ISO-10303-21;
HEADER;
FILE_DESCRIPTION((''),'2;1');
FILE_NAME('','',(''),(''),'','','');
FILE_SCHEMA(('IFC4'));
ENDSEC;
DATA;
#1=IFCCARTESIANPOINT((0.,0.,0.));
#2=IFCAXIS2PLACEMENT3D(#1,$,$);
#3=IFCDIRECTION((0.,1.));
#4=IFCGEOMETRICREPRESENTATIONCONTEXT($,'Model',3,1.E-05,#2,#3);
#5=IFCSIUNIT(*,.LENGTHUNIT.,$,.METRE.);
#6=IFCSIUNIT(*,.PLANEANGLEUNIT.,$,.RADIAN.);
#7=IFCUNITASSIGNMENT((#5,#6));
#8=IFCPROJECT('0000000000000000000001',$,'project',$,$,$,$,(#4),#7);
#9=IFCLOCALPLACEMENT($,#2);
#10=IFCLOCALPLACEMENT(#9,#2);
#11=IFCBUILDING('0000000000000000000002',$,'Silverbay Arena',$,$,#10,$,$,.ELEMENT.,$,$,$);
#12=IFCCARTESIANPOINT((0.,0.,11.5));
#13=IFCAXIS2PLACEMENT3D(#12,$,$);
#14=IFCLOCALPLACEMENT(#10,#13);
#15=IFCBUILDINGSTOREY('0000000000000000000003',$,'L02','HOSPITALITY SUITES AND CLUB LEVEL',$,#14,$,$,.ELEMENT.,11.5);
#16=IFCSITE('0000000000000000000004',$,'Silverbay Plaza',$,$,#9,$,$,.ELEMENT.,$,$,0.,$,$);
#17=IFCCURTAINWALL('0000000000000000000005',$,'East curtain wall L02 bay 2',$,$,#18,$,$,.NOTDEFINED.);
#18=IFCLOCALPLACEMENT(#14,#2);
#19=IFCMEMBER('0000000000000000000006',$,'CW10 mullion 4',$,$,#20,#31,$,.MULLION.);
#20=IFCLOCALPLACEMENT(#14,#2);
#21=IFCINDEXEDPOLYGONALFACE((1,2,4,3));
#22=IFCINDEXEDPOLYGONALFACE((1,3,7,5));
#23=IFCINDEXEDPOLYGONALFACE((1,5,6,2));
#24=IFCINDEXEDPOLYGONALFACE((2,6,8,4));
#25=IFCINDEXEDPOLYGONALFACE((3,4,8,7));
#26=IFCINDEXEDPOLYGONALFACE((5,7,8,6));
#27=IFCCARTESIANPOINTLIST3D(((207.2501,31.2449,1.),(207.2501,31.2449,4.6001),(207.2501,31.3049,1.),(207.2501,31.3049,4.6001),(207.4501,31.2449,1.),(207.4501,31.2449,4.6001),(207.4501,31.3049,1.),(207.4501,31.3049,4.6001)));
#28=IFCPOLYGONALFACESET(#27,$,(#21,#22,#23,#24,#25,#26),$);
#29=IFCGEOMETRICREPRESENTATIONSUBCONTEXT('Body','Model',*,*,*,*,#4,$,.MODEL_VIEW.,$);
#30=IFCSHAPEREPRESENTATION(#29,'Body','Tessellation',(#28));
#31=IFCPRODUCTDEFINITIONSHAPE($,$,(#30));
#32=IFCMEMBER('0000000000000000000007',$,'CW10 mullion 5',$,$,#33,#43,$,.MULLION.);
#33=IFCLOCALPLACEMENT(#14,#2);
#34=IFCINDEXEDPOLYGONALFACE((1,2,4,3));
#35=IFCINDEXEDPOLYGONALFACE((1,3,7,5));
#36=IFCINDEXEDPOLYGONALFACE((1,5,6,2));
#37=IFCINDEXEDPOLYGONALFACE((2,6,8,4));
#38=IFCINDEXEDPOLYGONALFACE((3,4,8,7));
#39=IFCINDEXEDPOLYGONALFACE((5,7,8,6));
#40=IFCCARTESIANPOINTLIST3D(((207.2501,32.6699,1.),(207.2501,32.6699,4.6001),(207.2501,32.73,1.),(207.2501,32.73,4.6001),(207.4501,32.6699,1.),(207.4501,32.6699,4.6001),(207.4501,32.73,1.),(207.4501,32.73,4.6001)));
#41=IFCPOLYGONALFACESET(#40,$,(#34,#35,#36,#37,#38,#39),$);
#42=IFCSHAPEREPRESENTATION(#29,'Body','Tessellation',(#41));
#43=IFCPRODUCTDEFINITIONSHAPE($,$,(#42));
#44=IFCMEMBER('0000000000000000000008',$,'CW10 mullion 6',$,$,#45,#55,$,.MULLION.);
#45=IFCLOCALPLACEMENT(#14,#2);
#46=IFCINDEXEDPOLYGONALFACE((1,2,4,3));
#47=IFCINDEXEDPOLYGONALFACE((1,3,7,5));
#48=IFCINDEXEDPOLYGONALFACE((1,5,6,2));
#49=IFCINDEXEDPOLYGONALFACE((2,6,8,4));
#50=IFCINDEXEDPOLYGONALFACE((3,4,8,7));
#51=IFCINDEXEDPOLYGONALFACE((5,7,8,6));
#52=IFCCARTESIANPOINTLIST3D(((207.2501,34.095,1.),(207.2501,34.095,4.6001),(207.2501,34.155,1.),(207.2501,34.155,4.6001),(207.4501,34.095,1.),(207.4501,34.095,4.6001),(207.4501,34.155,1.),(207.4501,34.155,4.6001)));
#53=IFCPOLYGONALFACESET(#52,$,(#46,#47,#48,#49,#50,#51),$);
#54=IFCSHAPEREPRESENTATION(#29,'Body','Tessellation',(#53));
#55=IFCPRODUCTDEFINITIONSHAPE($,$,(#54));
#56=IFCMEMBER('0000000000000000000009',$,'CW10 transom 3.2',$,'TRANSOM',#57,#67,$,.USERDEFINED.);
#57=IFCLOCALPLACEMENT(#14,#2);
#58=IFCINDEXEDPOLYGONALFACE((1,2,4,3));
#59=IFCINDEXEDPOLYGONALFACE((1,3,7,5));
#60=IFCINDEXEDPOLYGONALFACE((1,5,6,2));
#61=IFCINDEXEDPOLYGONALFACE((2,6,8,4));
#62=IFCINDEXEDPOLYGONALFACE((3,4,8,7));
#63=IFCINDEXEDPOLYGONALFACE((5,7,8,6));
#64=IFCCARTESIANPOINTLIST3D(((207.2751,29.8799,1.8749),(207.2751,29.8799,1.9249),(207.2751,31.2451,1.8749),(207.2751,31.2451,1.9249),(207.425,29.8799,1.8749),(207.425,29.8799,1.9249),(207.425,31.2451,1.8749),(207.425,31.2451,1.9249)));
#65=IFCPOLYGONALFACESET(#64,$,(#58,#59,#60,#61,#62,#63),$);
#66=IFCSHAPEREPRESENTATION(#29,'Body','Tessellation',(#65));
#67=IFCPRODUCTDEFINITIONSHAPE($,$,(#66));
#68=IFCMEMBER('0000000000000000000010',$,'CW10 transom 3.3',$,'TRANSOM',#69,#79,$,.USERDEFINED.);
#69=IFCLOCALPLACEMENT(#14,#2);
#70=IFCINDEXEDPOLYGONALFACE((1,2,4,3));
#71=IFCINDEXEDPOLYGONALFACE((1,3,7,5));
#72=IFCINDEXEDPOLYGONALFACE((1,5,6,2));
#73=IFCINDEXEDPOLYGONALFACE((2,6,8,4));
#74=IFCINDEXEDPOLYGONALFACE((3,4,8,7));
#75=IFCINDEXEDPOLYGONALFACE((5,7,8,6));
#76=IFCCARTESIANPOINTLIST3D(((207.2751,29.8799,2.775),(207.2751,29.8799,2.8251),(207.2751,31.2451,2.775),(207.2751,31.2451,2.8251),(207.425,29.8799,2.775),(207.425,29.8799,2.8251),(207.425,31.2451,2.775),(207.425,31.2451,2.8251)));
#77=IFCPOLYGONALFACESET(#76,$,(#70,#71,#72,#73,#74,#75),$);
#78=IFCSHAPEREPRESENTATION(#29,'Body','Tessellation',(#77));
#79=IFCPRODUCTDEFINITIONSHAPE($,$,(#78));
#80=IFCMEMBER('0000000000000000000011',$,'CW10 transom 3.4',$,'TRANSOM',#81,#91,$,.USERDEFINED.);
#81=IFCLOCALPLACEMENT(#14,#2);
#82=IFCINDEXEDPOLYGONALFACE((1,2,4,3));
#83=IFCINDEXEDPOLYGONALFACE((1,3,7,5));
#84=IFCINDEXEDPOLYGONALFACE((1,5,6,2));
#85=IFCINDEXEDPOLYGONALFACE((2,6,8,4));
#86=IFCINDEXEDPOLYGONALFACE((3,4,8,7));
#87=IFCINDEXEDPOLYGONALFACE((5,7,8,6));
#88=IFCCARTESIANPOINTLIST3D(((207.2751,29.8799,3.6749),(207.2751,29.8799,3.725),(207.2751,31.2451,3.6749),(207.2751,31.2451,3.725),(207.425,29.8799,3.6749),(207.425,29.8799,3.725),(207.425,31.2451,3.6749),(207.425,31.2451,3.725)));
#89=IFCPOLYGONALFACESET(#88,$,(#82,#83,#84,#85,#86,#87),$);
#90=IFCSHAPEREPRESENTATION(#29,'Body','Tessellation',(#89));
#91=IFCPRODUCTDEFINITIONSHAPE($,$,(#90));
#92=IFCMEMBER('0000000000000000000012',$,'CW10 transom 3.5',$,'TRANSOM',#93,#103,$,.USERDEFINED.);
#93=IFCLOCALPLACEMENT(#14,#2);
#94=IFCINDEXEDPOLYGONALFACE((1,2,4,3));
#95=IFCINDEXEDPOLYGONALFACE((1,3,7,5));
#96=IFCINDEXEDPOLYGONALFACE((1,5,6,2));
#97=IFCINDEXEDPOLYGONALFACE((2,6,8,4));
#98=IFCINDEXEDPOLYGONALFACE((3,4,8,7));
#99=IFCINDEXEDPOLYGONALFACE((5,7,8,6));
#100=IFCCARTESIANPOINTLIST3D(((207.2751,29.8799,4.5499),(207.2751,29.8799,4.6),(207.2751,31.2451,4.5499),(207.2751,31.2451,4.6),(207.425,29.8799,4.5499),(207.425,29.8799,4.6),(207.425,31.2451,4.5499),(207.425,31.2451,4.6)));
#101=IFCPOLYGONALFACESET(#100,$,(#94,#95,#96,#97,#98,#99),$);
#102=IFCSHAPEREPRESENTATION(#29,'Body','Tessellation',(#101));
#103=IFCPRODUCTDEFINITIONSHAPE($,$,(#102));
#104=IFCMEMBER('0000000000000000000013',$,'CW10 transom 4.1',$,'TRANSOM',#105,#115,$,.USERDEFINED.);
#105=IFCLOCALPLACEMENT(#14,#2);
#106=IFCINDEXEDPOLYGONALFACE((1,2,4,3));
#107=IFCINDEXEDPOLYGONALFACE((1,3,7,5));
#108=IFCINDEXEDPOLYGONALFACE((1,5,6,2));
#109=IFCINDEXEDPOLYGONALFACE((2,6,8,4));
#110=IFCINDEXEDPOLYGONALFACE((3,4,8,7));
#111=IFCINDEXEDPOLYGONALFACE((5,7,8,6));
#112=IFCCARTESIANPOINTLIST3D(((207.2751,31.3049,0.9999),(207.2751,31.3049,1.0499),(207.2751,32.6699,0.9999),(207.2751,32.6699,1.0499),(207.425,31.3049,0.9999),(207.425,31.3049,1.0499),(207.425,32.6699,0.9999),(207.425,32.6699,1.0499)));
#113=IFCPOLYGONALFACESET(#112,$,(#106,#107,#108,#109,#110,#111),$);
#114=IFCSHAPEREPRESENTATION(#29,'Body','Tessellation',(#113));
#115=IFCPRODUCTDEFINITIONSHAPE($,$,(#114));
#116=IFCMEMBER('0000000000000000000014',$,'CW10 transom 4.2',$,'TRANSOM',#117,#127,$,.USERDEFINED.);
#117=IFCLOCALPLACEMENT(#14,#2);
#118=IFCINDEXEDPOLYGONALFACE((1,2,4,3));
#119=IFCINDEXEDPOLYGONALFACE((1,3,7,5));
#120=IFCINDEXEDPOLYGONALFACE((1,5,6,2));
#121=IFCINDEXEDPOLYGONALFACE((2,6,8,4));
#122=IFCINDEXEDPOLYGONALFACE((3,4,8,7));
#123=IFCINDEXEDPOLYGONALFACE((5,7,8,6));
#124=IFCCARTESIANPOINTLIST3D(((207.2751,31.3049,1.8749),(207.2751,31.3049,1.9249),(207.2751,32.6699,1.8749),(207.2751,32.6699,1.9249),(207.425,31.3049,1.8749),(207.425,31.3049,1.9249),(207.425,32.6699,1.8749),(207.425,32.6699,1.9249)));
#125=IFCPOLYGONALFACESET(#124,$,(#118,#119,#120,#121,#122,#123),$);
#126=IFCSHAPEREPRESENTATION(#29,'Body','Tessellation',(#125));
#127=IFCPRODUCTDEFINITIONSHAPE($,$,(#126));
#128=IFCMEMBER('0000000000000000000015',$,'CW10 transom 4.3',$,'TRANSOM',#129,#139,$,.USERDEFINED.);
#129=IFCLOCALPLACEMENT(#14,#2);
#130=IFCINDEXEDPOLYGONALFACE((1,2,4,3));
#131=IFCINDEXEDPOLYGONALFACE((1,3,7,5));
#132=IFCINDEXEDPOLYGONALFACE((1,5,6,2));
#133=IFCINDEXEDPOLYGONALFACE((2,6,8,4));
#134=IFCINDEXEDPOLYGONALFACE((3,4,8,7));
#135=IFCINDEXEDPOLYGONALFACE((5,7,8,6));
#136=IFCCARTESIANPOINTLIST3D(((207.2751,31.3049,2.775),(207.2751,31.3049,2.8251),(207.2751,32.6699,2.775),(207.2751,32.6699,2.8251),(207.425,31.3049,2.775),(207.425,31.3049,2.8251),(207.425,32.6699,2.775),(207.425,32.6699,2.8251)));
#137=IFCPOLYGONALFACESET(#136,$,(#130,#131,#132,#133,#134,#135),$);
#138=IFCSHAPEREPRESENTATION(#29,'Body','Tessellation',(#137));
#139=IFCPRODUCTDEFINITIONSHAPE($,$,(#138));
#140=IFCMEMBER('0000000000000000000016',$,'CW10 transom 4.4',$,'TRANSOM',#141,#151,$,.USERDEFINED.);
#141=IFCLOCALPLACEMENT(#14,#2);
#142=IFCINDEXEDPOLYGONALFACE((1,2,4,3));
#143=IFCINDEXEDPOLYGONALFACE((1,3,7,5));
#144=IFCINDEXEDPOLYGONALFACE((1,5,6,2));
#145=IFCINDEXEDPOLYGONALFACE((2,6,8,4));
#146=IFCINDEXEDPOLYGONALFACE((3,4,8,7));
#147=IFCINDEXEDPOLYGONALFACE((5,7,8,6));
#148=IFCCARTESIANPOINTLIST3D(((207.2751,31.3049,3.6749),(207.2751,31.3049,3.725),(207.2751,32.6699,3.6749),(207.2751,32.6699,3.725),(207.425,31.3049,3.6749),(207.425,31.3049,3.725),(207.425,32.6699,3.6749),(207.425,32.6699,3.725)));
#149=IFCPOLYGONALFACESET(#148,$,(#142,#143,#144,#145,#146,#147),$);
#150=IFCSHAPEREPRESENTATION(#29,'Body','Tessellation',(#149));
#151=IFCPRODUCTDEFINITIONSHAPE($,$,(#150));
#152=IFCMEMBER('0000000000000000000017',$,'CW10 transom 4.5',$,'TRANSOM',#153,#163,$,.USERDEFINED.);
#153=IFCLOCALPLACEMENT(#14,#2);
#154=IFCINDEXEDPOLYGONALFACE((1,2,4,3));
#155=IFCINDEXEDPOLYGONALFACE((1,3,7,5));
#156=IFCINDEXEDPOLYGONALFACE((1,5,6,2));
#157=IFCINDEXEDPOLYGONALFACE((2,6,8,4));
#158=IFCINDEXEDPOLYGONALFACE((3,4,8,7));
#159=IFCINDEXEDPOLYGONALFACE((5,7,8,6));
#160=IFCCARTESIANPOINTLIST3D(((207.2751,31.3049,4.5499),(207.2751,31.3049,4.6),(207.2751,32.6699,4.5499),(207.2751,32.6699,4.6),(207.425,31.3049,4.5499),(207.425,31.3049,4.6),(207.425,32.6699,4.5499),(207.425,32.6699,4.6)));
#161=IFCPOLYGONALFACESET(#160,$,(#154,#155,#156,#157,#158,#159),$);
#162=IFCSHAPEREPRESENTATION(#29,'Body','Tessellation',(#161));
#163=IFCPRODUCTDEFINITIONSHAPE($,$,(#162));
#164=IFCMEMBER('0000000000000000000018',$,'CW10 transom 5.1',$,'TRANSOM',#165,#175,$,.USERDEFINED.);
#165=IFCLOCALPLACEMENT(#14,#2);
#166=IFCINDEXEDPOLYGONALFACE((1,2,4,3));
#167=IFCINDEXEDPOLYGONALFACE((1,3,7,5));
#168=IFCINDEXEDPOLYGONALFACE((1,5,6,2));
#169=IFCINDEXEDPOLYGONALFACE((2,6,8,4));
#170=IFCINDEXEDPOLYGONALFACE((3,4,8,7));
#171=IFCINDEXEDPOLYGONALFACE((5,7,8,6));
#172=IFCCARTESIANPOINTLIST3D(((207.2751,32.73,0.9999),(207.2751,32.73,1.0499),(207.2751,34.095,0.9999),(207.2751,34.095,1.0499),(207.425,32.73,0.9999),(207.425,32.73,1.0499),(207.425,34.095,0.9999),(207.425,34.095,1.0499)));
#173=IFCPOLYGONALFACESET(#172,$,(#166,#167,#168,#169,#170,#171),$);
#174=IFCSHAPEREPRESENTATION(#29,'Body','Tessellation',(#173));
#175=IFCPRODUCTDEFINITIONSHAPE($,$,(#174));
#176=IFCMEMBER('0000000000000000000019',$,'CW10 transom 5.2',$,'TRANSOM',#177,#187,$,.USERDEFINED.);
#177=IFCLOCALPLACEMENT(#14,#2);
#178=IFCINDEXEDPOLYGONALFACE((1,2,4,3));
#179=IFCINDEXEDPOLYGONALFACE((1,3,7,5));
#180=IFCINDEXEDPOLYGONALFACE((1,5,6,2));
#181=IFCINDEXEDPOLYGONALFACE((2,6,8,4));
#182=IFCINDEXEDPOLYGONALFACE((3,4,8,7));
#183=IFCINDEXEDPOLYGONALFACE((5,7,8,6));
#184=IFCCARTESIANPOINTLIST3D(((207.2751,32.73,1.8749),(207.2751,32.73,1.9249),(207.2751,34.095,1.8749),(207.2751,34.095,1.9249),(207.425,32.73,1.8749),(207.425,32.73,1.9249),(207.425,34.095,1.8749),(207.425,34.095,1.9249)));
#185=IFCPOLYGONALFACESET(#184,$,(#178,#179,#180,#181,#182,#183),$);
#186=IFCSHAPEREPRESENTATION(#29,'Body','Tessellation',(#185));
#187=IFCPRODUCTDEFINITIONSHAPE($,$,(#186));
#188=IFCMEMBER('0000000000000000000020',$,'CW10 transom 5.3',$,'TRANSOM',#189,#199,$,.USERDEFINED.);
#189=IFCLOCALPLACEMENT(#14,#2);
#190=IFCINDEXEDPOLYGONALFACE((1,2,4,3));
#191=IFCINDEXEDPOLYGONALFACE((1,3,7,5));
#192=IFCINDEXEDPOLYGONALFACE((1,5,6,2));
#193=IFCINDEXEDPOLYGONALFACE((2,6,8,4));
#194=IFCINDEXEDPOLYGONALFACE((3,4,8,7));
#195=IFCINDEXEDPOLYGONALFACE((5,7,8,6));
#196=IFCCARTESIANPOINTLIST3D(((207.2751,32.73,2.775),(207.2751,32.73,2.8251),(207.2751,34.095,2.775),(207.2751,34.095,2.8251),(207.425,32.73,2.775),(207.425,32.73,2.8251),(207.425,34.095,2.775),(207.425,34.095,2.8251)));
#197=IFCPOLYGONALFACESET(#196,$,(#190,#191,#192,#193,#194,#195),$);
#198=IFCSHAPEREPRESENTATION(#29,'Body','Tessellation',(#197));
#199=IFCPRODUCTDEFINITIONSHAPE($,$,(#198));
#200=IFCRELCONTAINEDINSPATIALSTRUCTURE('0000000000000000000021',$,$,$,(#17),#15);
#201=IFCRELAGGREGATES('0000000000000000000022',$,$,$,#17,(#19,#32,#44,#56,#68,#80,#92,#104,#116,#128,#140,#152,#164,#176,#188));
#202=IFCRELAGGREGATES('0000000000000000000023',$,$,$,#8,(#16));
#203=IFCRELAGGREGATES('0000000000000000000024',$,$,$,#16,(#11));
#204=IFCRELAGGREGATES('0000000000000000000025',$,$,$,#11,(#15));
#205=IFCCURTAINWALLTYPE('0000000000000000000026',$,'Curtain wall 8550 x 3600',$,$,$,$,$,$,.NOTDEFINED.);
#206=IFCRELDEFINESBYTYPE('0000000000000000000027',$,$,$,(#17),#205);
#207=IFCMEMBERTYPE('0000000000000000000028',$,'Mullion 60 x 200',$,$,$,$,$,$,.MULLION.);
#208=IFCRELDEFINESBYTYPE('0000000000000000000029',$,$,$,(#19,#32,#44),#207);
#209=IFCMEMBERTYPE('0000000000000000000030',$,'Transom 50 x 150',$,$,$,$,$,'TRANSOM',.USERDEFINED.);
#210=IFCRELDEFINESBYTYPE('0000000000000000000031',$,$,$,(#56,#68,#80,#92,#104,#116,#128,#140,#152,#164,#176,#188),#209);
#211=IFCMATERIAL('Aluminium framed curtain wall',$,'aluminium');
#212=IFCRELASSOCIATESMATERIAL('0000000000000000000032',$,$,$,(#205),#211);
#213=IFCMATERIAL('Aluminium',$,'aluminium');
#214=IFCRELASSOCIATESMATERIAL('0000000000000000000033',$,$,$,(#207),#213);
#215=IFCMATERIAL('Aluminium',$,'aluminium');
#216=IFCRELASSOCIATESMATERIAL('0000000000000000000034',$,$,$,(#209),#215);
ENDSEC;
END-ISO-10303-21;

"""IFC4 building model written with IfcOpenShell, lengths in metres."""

from ifc_helpers import new_model, si_unit, direction, frame, origin, origin_2d, place, context, subcontext, project, spatial, rectangle, extrude, material, material_profile, profile_set, type_object, element, aggregate, save


model = new_model("IFC4")

# Units and contexts
model_context = context("Model", 3, precision=1e-05, world=origin(), true_north=direction((0.0, 1.0)))
body_context = subcontext(model_context, "Body", "Model", "MODEL_VIEW")
ifc_project = project(units=[si_unit("LENGTHUNIT", "METRE"), si_unit("PLANEANGLEUNIT", "RADIAN")], contexts=[model_context])

# Site, building, storey
site_placement = place(None, origin())
site = spatial("IfcSite", under=ifc_project, at=site_placement, Name="Silverbay Plaza", CompositionType="ELEMENT", RefElevation=0.0)
building_placement = place(site_placement, origin())
building = spatial("IfcBuilding", under=site, at=building_placement, Name="Silverbay Arena", CompositionType="ELEMENT")
storey_placement = place(building_placement, frame((0.0, 0.0, 11.5)))
storey = spatial("IfcBuildingStorey", under=building, at=storey_placement, Name="L02", Description="HOSPITALITY SUITES AND CLUB LEVEL", CompositionType="ELEMENT", Elevation=11.5)

# Curtain wall, members
ifc_material_1 = material(Name="Aluminium framed curtain wall", Category="aluminium")
curtain_wall_type = type_object("IfcCurtainWallType", Name="Curtain wall 8550 x 3600", PredefinedType="NOTDEFINED", material=ifc_material_1)
curtain_wall_placement = place(storey_placement, origin())
curtain_wall = element("IfcCurtainWall", 1, at=curtain_wall_placement, inside=storey, type_object=curtain_wall_type, Name="East curtain wall L02 bay 2", PredefinedType="NOTDEFINED")
ifc_material_2 = material(Name="Aluminium", Category="aluminium")
ifc_material_profile_1 = material_profile(ifc_material_2, rectangle(XDim=0.2, YDim=0.0601, at=origin_2d()), Name="Mullion 60 x 200")
ifc_profile_set_1 = profile_set([ifc_material_profile_1], Name="Aluminium")
member_type_1 = type_object("IfcMemberType", Name="Mullion 60 x 200", PredefinedType="MULLION", material=ifc_profile_set_1)
member_1_placement = place(storey_placement, frame((207.3501, 31.2749, 1.0), z_axis=(0.0, 0.0, 1.0), x_axis=(-1.0, 0.0, 0.0)))
member_1 = element("IfcMember", 2, at=member_1_placement, type_object=member_type_1, Name="CW10 mullion 4", PredefinedType="MULLION", context=body_context, shape_type="SweptSolid", body=[
    extrude(rectangle(XDim=0.2, YDim=0.0601, at=origin_2d()), origin(), (0.0, 0.0, 1.0), 3.6001),
])
member_2_placement = place(storey_placement, frame((207.3501, 32.7, 1.0), z_axis=(0.0, 0.0, 1.0), x_axis=(-1.0, 0.0, 0.0)))
member_2 = element("IfcMember", 3, at=member_2_placement, type_object=member_type_1, Name="CW10 mullion 5", PredefinedType="MULLION", context=body_context, shape_type="SweptSolid", body=[
    extrude(rectangle(XDim=0.2, YDim=0.0601, at=origin_2d()), origin(), (0.0, 0.0, 1.0), 3.6001),
])
member_3_placement = place(storey_placement, frame((207.3501, 34.125, 1.0), z_axis=(0.0, 0.0, 1.0), x_axis=(-1.0, 0.0, 0.0)))
member_3 = element("IfcMember", 4, at=member_3_placement, type_object=member_type_1, Name="CW10 mullion 6", PredefinedType="MULLION", context=body_context, shape_type="SweptSolid", body=[
    extrude(rectangle(XDim=0.2, YDim=0.0601, at=origin_2d()), origin(), (0.0, 0.0, 1.0), 3.6001),
])
ifc_material_3 = material(Name="Aluminium", Category="aluminium")
ifc_material_profile_2 = material_profile(ifc_material_3, rectangle(XDim=0.1499, YDim=0.05, at=origin_2d()), Name="Transom 50 x 150")
ifc_profile_set_2 = profile_set([ifc_material_profile_2], Name="Aluminium")
member_type_2 = type_object("IfcMemberType", Name="Transom 50 x 150", ElementType="TRANSOM", PredefinedType="USERDEFINED", material=ifc_profile_set_2)
member_4_placement = place(storey_placement, frame((207.3501, 29.8799, 1.8999), z_axis=(0.0, 1.0, 0.0), x_axis=(-1.0, 0.0, 0.0)))
member_4 = element("IfcMember", 5, at=member_4_placement, type_object=member_type_2, Name="CW10 transom 3.2", ObjectType="TRANSOM", PredefinedType="USERDEFINED", context=body_context, shape_type="SweptSolid", body=[
    extrude(rectangle(XDim=0.1499, YDim=0.05, at=origin_2d()), origin(), (0.0, 0.0, 1.0), 1.3652),
])
member_5_placement = place(storey_placement, frame((207.3501, 29.8799, 2.8), z_axis=(0.0, 1.0, 0.0), x_axis=(-1.0, 0.0, 0.0)))
member_5 = element("IfcMember", 6, at=member_5_placement, type_object=member_type_2, Name="CW10 transom 3.3", ObjectType="TRANSOM", PredefinedType="USERDEFINED", context=body_context, shape_type="SweptSolid", body=[
    extrude(rectangle(XDim=0.1499, YDim=0.05, at=origin_2d()), origin(), (0.0, 0.0, 1.0), 1.3652),
])
member_6_placement = place(storey_placement, frame((207.3501, 29.8799, 3.7), z_axis=(0.0, 1.0, 0.0), x_axis=(-1.0, 0.0, 0.0)))
member_6 = element("IfcMember", 7, at=member_6_placement, type_object=member_type_2, Name="CW10 transom 3.4", ObjectType="TRANSOM", PredefinedType="USERDEFINED", context=body_context, shape_type="SweptSolid", body=[
    extrude(rectangle(XDim=0.1499, YDim=0.05, at=origin_2d()), origin(), (0.0, 0.0, 1.0), 1.3652),
])
member_7_placement = place(storey_placement, frame((207.3501, 29.8799, 4.575), z_axis=(0.0, 1.0, 0.0), x_axis=(-1.0, 0.0, 0.0)))
member_7 = element("IfcMember", 8, at=member_7_placement, type_object=member_type_2, Name="CW10 transom 3.5", ObjectType="TRANSOM", PredefinedType="USERDEFINED", context=body_context, shape_type="SweptSolid", body=[
    extrude(rectangle(XDim=0.1499, YDim=0.05, at=origin_2d()), origin(), (0.0, 0.0, 1.0), 1.3652),
])
member_8_placement = place(storey_placement, frame((207.3501, 31.3049, 1.0249), z_axis=(0.0, 1.0, 0.0), x_axis=(-1.0, 0.0, 0.0)))
member_8 = element("IfcMember", 9, at=member_8_placement, type_object=member_type_2, Name="CW10 transom 4.1", ObjectType="TRANSOM", PredefinedType="USERDEFINED", context=body_context, shape_type="SweptSolid", body=[
    extrude(rectangle(XDim=0.1499, YDim=0.05, at=origin_2d()), origin(), (0.0, 0.0, 1.0), 1.365),
])
member_9_placement = place(storey_placement, frame((207.3501, 31.3049, 1.8999), z_axis=(0.0, 1.0, 0.0), x_axis=(-1.0, 0.0, 0.0)))
member_9 = element("IfcMember", 10, at=member_9_placement, type_object=member_type_2, Name="CW10 transom 4.2", ObjectType="TRANSOM", PredefinedType="USERDEFINED", context=body_context, shape_type="SweptSolid", body=[
    extrude(rectangle(XDim=0.1499, YDim=0.05, at=origin_2d()), origin(), (0.0, 0.0, 1.0), 1.365),
])
member_10_placement = place(storey_placement, frame((207.3501, 31.3049, 2.8), z_axis=(0.0, 1.0, 0.0), x_axis=(-1.0, 0.0, 0.0)))
member_10 = element("IfcMember", 11, at=member_10_placement, type_object=member_type_2, Name="CW10 transom 4.3", ObjectType="TRANSOM", PredefinedType="USERDEFINED", context=body_context, shape_type="SweptSolid", body=[
    extrude(rectangle(XDim=0.1499, YDim=0.05, at=origin_2d()), origin(), (0.0, 0.0, 1.0), 1.365),
])
member_11_placement = place(storey_placement, frame((207.3501, 31.3049, 3.7), z_axis=(0.0, 1.0, 0.0), x_axis=(-1.0, 0.0, 0.0)))
member_11 = element("IfcMember", 12, at=member_11_placement, type_object=member_type_2, Name="CW10 transom 4.4", ObjectType="TRANSOM", PredefinedType="USERDEFINED", context=body_context, shape_type="SweptSolid", body=[
    extrude(rectangle(XDim=0.1499, YDim=0.05, at=origin_2d()), origin(), (0.0, 0.0, 1.0), 1.365),
])
member_12_placement = place(storey_placement, frame((207.3501, 31.3049, 4.575), z_axis=(0.0, 1.0, 0.0), x_axis=(-1.0, 0.0, 0.0)))
member_12 = element("IfcMember", 13, at=member_12_placement, type_object=member_type_2, Name="CW10 transom 4.5", ObjectType="TRANSOM", PredefinedType="USERDEFINED", context=body_context, shape_type="SweptSolid", body=[
    extrude(rectangle(XDim=0.1499, YDim=0.05, at=origin_2d()), origin(), (0.0, 0.0, 1.0), 1.365),
])
member_13_placement = place(storey_placement, frame((207.3501, 32.73, 1.0249), z_axis=(0.0, 1.0, 0.0), x_axis=(-1.0, 0.0, 0.0)))
member_13 = element("IfcMember", 14, at=member_13_placement, type_object=member_type_2, Name="CW10 transom 5.1", ObjectType="TRANSOM", PredefinedType="USERDEFINED", context=body_context, shape_type="SweptSolid", body=[
    extrude(rectangle(XDim=0.1499, YDim=0.05, at=origin_2d()), origin(), (0.0, 0.0, 1.0), 1.365),
])
member_14_placement = place(storey_placement, frame((207.3501, 32.73, 1.8999), z_axis=(0.0, 1.0, 0.0), x_axis=(-1.0, 0.0, 0.0)))
member_14 = element("IfcMember", 15, at=member_14_placement, type_object=member_type_2, Name="CW10 transom 5.2", ObjectType="TRANSOM", PredefinedType="USERDEFINED", context=body_context, shape_type="SweptSolid", body=[
    extrude(rectangle(XDim=0.1499, YDim=0.05, at=origin_2d()), origin(), (0.0, 0.0, 1.0), 1.365),
])
member_15_placement = place(storey_placement, frame((207.3501, 32.73, 2.8), z_axis=(0.0, 1.0, 0.0), x_axis=(-1.0, 0.0, 0.0)))
member_15 = element("IfcMember", 16, at=member_15_placement, type_object=member_type_2, Name="CW10 transom 5.3", ObjectType="TRANSOM", PredefinedType="USERDEFINED", context=body_context, shape_type="SweptSolid", body=[
    extrude(rectangle(XDim=0.1499, YDim=0.05, at=origin_2d()), origin(), (0.0, 0.0, 1.0), 1.365),
])
aggregate(curtain_wall, [member_1, member_2, member_3, member_4, member_5, member_6, member_7, member_8, member_9, member_10, member_11, member_12, member_13, member_14, member_15])

save(model, "model.ifc")
